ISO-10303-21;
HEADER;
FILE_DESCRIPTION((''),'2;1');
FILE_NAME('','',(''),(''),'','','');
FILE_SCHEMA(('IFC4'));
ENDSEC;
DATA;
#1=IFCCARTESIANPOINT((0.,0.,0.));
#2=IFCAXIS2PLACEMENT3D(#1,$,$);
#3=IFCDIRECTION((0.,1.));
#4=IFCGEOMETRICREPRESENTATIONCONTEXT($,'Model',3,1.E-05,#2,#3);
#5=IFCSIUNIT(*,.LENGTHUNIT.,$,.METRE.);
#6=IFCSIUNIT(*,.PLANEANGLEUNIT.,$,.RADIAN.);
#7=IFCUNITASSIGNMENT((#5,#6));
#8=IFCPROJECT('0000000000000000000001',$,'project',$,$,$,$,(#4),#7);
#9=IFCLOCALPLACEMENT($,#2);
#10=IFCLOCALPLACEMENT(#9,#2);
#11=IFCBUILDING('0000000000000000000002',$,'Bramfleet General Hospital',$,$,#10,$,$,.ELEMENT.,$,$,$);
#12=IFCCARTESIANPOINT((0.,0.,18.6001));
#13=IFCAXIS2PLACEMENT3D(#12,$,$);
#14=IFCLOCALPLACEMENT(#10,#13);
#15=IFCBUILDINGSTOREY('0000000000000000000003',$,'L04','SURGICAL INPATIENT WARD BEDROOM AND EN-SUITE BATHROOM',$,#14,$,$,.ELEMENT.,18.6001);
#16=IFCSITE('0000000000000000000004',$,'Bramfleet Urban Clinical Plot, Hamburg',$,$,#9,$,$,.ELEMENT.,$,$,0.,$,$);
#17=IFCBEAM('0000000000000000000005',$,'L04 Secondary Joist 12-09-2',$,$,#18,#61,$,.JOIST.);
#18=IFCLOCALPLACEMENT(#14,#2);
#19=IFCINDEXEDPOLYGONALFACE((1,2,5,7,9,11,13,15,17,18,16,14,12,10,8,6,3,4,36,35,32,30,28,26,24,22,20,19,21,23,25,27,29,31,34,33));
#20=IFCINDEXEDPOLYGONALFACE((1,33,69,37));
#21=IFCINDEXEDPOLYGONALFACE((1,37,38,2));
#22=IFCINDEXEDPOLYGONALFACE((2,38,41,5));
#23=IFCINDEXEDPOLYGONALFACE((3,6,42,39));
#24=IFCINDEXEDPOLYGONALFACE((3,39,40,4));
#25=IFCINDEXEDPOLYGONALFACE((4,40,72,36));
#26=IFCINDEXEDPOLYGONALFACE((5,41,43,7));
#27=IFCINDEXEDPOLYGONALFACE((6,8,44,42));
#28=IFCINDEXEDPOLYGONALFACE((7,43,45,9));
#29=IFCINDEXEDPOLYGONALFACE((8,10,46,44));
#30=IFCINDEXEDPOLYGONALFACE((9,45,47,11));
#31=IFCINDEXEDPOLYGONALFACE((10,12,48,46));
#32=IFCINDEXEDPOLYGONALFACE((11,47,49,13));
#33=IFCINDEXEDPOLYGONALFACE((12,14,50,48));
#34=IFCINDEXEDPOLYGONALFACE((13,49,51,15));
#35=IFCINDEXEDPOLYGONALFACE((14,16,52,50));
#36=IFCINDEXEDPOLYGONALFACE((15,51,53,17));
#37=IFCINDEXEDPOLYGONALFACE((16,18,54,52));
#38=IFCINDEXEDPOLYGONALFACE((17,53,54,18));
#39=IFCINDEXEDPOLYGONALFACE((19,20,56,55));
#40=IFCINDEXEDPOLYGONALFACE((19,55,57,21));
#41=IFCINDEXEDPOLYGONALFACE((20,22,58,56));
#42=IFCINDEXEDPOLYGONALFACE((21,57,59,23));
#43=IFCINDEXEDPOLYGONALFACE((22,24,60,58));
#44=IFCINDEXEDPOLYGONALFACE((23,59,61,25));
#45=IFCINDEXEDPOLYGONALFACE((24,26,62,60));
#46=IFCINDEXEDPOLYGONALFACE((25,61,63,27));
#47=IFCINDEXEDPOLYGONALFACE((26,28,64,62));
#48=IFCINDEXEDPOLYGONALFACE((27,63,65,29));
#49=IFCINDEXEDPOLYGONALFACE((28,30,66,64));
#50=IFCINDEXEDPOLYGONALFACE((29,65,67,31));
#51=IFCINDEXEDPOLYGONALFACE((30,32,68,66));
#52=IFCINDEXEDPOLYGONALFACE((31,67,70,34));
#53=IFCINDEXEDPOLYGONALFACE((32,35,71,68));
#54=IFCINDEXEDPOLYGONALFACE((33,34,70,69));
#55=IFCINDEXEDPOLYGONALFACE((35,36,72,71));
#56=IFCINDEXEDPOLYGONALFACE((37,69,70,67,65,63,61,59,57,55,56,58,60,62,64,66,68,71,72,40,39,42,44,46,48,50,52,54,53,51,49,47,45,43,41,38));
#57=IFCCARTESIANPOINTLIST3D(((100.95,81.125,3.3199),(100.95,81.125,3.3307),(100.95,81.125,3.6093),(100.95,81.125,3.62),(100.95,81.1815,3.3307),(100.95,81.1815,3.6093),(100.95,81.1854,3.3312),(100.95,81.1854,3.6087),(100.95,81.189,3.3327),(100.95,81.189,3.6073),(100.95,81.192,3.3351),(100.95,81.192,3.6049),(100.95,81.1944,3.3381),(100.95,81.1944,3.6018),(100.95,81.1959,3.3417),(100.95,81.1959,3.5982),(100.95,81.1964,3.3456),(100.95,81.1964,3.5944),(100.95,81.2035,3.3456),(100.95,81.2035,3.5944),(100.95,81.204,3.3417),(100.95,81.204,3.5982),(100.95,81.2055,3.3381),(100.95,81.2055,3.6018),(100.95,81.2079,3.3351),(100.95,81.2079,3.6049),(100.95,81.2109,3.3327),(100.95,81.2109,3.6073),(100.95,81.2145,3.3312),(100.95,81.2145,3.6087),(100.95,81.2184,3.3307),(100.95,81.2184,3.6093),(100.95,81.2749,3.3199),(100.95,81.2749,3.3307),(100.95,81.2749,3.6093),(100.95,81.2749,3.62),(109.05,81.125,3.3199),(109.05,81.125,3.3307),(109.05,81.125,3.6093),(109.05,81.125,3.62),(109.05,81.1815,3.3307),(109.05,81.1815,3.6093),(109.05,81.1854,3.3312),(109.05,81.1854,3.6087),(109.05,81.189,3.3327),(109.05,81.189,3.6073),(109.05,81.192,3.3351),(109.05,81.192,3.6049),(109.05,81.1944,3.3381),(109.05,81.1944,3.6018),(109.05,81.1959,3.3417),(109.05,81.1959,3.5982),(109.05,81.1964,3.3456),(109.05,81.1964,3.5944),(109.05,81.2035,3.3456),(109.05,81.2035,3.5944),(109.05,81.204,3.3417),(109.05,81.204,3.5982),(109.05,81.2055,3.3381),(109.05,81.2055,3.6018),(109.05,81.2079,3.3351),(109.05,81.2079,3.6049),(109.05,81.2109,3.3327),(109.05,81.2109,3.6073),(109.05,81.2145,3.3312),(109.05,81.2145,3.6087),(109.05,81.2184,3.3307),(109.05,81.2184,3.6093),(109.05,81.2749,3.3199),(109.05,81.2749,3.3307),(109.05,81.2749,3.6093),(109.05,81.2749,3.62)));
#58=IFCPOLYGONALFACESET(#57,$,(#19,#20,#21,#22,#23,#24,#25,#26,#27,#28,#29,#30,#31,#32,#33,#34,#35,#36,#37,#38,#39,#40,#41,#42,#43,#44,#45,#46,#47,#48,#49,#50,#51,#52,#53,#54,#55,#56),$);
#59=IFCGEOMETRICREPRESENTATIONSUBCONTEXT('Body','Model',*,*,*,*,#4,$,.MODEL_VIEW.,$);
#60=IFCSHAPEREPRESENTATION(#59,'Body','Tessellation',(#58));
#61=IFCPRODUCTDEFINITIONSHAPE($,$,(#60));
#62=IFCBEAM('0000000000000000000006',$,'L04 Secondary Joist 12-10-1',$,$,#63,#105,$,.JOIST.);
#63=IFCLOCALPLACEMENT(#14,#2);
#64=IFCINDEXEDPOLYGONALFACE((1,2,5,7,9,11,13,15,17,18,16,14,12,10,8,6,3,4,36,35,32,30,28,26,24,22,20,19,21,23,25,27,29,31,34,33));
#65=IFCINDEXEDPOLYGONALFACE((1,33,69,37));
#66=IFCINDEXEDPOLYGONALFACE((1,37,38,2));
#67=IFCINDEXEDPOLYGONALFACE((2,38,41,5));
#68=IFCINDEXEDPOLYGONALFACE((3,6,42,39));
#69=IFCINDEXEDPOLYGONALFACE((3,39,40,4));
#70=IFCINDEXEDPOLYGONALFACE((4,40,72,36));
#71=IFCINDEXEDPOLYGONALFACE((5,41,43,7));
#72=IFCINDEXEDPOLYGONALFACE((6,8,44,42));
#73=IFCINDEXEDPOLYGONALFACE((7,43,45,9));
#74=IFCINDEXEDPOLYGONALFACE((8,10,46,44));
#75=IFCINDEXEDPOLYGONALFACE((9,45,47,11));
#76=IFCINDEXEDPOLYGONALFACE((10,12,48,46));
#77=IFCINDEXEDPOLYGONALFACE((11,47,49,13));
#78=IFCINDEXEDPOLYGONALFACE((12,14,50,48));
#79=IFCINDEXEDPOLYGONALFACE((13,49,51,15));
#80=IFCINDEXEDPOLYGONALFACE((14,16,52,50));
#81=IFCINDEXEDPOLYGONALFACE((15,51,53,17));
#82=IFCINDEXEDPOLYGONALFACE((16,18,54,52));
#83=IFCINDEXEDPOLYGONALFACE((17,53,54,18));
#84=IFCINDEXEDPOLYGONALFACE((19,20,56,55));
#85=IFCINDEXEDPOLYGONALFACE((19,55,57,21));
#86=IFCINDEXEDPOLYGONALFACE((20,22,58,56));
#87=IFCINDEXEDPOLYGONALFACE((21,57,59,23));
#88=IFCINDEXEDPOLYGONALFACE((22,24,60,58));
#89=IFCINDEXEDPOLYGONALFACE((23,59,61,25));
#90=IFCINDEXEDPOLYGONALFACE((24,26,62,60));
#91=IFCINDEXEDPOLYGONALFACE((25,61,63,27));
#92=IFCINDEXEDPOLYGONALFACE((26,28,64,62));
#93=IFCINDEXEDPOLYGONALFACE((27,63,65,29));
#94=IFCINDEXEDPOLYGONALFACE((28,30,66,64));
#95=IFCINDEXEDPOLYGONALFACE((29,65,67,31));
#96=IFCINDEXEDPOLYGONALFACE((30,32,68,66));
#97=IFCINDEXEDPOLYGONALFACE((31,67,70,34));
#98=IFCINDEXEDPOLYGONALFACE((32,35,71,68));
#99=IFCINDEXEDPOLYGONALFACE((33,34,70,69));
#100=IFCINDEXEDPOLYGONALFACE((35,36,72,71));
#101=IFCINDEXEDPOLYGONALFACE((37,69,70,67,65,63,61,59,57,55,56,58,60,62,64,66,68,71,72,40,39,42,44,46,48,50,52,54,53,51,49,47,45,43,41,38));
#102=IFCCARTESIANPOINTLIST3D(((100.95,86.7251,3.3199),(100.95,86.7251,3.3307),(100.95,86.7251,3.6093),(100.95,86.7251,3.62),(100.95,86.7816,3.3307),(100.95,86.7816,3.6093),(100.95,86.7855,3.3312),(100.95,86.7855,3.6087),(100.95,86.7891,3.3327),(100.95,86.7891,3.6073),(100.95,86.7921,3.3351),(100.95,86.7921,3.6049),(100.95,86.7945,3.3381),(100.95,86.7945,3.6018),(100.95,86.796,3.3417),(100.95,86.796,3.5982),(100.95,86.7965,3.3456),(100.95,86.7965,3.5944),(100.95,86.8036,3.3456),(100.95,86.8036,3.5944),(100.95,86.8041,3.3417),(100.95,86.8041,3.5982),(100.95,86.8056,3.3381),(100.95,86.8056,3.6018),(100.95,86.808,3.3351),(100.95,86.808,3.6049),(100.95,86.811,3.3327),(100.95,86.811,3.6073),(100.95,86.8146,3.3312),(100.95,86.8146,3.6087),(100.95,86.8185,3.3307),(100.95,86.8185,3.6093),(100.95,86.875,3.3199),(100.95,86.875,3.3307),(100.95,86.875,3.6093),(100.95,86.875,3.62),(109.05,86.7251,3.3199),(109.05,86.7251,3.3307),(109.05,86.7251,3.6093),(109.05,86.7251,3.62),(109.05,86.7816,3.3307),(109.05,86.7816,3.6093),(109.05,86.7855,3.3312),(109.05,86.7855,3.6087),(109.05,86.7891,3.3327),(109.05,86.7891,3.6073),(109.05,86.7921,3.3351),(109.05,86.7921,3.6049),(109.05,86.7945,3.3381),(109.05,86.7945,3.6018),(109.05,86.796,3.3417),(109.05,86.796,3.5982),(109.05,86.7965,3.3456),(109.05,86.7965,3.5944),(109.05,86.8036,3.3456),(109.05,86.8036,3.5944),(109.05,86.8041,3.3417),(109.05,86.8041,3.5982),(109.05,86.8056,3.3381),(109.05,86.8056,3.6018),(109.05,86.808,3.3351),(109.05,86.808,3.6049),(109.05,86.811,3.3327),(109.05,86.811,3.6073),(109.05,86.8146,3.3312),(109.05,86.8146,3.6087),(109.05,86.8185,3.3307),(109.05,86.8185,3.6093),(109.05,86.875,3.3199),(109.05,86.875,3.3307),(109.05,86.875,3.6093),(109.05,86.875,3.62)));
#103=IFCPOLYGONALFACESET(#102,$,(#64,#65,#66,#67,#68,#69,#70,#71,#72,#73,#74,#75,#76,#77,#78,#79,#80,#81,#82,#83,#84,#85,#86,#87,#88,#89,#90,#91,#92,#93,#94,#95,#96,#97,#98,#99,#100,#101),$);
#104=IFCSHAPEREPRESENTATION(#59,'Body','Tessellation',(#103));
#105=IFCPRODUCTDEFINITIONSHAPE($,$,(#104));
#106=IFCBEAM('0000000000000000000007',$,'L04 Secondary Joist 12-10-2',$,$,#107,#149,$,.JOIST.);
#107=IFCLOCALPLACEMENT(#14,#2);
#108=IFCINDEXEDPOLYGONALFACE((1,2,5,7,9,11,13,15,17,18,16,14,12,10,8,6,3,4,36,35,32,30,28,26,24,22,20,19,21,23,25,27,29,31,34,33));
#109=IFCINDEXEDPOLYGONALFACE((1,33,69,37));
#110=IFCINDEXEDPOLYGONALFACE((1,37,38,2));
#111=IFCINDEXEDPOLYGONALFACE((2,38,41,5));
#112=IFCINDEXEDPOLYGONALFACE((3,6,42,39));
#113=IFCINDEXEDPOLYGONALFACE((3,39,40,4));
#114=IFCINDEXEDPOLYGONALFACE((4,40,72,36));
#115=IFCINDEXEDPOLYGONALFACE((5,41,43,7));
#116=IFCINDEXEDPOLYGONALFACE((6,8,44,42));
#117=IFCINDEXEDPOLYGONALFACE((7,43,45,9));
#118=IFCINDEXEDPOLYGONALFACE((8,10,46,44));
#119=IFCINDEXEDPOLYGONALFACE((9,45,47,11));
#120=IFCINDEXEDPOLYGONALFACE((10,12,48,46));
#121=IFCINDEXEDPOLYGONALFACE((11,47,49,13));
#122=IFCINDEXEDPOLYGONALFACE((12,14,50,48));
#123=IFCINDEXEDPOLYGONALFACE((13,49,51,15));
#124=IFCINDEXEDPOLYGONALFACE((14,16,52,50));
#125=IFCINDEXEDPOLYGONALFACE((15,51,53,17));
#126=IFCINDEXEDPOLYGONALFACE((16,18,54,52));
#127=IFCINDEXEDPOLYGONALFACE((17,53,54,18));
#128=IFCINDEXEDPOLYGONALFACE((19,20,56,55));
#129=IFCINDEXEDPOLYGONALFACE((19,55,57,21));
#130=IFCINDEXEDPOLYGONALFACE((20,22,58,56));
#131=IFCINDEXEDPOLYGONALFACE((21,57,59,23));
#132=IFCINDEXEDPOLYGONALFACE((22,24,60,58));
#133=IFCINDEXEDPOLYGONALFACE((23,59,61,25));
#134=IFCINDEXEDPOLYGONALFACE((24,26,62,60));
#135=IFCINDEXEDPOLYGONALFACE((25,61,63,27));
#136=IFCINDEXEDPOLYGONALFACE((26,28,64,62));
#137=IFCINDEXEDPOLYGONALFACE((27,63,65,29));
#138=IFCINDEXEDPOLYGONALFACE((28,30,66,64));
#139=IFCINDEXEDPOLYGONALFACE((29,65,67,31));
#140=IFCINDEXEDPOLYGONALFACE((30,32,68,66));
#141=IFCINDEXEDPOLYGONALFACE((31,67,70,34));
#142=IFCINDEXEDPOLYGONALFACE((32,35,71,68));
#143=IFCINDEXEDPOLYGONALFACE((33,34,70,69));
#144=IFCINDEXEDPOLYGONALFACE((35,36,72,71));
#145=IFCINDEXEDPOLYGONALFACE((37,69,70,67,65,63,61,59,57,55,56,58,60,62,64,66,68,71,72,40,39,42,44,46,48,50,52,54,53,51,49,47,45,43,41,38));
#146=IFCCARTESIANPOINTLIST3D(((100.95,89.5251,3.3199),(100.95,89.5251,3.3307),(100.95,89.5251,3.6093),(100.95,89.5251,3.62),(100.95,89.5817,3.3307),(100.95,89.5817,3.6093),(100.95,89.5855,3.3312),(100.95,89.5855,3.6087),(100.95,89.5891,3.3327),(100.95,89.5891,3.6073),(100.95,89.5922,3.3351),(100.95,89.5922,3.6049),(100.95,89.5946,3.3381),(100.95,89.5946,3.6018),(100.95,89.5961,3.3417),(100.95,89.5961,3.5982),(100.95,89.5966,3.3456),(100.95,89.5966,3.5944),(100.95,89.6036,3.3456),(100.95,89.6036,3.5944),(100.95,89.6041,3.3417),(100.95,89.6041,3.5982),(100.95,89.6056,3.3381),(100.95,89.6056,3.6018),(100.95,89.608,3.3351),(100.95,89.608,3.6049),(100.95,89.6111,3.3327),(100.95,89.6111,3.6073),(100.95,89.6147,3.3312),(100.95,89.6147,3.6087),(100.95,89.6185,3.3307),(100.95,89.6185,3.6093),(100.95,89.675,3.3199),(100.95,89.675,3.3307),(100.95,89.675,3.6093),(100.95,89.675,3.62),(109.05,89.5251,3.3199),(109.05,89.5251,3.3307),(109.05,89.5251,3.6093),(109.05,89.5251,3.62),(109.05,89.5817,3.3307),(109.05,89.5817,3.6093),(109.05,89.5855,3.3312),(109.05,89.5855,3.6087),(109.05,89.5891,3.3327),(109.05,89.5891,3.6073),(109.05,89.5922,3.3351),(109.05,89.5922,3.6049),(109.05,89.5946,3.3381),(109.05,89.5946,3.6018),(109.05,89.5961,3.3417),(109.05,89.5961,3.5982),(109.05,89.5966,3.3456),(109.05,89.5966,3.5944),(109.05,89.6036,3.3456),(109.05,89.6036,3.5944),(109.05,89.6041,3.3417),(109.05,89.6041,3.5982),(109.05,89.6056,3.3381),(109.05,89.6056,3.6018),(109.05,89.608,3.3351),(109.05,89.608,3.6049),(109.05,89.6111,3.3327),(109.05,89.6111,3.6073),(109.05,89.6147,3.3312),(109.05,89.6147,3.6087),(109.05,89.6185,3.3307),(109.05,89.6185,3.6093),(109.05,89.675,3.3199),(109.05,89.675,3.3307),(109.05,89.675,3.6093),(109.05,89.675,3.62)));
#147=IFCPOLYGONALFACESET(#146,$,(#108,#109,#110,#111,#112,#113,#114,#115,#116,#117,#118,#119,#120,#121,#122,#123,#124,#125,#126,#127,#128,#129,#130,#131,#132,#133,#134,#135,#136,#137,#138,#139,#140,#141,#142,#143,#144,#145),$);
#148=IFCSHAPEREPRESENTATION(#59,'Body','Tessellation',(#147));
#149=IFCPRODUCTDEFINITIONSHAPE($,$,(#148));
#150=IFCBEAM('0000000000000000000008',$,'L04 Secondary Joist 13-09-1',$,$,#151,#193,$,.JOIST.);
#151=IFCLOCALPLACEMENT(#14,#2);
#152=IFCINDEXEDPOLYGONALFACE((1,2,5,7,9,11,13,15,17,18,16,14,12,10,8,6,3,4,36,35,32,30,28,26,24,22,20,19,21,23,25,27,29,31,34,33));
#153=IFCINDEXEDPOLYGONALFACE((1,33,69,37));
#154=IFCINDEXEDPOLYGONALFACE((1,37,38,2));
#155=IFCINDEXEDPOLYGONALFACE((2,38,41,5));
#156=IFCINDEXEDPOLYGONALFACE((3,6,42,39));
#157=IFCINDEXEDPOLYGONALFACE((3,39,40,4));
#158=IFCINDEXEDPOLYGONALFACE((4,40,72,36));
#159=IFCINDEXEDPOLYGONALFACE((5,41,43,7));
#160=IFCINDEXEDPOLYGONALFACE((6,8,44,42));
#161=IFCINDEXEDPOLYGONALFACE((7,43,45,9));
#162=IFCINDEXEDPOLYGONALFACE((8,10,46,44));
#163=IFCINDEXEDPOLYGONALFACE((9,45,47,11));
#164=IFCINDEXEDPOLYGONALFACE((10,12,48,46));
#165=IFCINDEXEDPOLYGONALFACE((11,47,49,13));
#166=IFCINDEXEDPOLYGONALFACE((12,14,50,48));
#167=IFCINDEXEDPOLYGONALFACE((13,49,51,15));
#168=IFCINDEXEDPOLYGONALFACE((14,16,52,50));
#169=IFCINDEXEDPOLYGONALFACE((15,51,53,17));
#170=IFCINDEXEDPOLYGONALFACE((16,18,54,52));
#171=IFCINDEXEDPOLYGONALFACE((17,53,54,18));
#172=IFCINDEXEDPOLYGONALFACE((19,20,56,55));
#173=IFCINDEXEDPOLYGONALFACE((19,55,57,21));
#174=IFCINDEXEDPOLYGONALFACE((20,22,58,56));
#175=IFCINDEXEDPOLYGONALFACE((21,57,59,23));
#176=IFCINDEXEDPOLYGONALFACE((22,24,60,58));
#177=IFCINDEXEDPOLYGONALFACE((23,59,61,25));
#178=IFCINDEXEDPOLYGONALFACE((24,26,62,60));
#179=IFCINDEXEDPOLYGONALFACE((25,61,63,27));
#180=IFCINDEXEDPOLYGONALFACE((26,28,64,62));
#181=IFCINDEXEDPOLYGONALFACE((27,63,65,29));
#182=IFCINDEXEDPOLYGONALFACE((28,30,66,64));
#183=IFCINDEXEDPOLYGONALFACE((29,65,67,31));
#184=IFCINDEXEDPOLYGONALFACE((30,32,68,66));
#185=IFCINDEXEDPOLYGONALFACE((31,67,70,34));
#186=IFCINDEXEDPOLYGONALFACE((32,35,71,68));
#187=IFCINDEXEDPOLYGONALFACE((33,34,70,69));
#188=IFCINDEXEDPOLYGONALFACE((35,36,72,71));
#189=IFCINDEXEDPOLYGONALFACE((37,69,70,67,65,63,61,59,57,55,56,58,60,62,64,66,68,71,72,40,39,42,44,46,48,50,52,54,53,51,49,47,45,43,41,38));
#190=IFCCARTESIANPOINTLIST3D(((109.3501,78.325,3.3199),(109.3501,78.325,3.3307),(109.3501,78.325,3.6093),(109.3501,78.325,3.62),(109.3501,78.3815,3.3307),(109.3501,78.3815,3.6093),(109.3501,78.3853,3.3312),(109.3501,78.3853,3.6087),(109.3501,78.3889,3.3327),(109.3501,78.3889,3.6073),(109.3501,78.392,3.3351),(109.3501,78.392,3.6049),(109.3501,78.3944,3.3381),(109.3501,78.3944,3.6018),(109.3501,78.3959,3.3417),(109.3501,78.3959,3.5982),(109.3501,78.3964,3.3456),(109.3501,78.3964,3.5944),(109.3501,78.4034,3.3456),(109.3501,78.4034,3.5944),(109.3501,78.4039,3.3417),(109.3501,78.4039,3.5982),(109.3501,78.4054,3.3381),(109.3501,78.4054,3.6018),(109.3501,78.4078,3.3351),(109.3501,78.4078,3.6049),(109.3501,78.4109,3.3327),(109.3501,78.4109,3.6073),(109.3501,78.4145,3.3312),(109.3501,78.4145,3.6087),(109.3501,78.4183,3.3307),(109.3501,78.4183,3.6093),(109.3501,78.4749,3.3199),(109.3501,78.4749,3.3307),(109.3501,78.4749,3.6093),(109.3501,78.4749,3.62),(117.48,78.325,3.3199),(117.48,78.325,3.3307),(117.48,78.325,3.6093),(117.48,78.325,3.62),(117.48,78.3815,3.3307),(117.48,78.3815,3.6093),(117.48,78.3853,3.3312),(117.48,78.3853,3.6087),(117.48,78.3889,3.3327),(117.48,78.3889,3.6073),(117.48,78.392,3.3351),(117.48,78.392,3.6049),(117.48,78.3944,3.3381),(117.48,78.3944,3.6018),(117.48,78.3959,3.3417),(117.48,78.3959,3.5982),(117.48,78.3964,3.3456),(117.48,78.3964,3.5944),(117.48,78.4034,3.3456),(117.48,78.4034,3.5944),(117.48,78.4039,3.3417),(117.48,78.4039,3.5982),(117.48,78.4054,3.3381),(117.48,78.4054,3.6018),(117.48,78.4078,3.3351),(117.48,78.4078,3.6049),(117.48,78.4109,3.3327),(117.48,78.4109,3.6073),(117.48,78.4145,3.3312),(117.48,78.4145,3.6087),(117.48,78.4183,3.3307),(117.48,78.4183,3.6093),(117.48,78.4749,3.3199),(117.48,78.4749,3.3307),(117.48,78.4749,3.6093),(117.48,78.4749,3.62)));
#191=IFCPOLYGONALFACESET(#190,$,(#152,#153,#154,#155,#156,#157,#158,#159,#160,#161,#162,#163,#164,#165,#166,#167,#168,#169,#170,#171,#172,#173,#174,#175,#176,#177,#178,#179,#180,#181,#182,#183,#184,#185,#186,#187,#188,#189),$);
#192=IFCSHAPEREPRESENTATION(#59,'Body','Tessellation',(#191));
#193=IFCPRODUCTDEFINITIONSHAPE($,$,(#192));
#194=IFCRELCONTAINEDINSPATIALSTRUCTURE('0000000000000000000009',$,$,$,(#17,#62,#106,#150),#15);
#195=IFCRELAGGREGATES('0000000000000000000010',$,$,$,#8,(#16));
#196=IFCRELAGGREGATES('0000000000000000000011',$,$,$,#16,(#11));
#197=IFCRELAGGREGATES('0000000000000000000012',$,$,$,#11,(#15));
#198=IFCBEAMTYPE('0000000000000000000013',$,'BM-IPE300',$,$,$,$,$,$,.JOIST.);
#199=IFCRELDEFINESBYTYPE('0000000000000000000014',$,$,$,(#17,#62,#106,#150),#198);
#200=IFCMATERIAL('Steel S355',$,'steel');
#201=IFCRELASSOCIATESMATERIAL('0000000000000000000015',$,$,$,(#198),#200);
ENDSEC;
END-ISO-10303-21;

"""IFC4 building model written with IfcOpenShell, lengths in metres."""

from ifc_helpers import new_model, si_unit, direction, frame, origin, origin_2d, place, context, subcontext, project, spatial, i_section, extrude, material, material_profile, profile_set, type_object, element, save


model = new_model("IFC4")

# Units and contexts
model_context = context("Model", 3, precision=1e-05, world=origin(), true_north=direction((0.0, 1.0)))
body_context = subcontext(model_context, "Body", "Model", "MODEL_VIEW")
ifc_project = project(units=[si_unit("LENGTHUNIT", "METRE"), si_unit("PLANEANGLEUNIT", "RADIAN")], contexts=[model_context])

# Site, building, storey
site_placement = place(None, origin())
site = spatial("IfcSite", under=ifc_project, at=site_placement, Name="Bramfleet Urban Clinical Plot, Hamburg", CompositionType="ELEMENT", RefElevation=0.0)
building_placement = place(site_placement, origin())
building = spatial("IfcBuilding", under=site, at=building_placement, Name="Bramfleet General Hospital", CompositionType="ELEMENT")
storey_placement = place(building_placement, frame((0.0, 0.0, 18.6001)))
storey = spatial("IfcBuildingStorey", under=building, at=storey_placement, Name="L04", Description="SURGICAL INPATIENT WARD BEDROOM AND EN-SUITE BATHROOM", CompositionType="ELEMENT", Elevation=18.6001)

# Beams
ifc_material_1 = material(Name="Steel S355", Category="steel")
ifc_material_profile_1 = material_profile(ifc_material_1, i_section(OverallWidth=0.1499, OverallDepth=0.3, WebThickness=0.0071, FlangeThickness=0.0107, FilletRadius=0.0149, at=origin_2d()), Name="IPE 300")
ifc_profile_set_1 = profile_set([ifc_material_profile_1], Name="Steel S355")
beam_type_1 = type_object("IfcBeamType", Name="BM-IPE300", PredefinedType="JOIST", material=ifc_profile_set_1)
for number, where, z_axis, x_axis, name in (
    (1, (100.95, 81.2, 3.47), (1.0, 0.0, 0.0), (0.0, 1.0, 0.0), "L04 Secondary Joist 12-09-2"),
    (2, (100.95, 86.8, 3.47), (1.0, 0.0, 0.0), (0.0, 1.0, 0.0), "L04 Secondary Joist 12-10-1"),
    (3, (100.95, 89.6001, 3.47), (1.0, 0.0, 0.0), (0.0, 1.0, 0.0), "L04 Secondary Joist 12-10-2"),
):
    element("IfcBeam", number, at=place(storey_placement, frame(where, z_axis=z_axis, x_axis=x_axis)), inside=storey, type_object=beam_type_1, Name=name, PredefinedType="JOIST", context=body_context, shape_type="SweptSolid", body=[
        extrude(i_section(OverallWidth=0.1499, OverallDepth=0.3, WebThickness=0.0071, FlangeThickness=0.0107, FilletRadius=0.0149, at=origin_2d()), origin(), (0.0, 0.0, 1.0), 8.1001),
    ])
for number, where, z_axis, x_axis, name in (
    (4, (109.3501, 78.3999, 3.47), (1.0, 0.0, 0.0), (0.0, 1.0, 0.0), "L04 Secondary Joist 13-09-1"),
):
    element("IfcBeam", number, at=place(storey_placement, frame(where, z_axis=z_axis, x_axis=x_axis)), inside=storey, type_object=beam_type_1, Name=name, PredefinedType="JOIST", context=body_context, shape_type="SweptSolid", body=[
        extrude(i_section(OverallWidth=0.1499, OverallDepth=0.3, WebThickness=0.0071, FlangeThickness=0.0107, FilletRadius=0.0149, at=origin_2d()), origin(), (0.0, 0.0, 1.0), 8.1299),
    ])

save(model, "model.ifc")
